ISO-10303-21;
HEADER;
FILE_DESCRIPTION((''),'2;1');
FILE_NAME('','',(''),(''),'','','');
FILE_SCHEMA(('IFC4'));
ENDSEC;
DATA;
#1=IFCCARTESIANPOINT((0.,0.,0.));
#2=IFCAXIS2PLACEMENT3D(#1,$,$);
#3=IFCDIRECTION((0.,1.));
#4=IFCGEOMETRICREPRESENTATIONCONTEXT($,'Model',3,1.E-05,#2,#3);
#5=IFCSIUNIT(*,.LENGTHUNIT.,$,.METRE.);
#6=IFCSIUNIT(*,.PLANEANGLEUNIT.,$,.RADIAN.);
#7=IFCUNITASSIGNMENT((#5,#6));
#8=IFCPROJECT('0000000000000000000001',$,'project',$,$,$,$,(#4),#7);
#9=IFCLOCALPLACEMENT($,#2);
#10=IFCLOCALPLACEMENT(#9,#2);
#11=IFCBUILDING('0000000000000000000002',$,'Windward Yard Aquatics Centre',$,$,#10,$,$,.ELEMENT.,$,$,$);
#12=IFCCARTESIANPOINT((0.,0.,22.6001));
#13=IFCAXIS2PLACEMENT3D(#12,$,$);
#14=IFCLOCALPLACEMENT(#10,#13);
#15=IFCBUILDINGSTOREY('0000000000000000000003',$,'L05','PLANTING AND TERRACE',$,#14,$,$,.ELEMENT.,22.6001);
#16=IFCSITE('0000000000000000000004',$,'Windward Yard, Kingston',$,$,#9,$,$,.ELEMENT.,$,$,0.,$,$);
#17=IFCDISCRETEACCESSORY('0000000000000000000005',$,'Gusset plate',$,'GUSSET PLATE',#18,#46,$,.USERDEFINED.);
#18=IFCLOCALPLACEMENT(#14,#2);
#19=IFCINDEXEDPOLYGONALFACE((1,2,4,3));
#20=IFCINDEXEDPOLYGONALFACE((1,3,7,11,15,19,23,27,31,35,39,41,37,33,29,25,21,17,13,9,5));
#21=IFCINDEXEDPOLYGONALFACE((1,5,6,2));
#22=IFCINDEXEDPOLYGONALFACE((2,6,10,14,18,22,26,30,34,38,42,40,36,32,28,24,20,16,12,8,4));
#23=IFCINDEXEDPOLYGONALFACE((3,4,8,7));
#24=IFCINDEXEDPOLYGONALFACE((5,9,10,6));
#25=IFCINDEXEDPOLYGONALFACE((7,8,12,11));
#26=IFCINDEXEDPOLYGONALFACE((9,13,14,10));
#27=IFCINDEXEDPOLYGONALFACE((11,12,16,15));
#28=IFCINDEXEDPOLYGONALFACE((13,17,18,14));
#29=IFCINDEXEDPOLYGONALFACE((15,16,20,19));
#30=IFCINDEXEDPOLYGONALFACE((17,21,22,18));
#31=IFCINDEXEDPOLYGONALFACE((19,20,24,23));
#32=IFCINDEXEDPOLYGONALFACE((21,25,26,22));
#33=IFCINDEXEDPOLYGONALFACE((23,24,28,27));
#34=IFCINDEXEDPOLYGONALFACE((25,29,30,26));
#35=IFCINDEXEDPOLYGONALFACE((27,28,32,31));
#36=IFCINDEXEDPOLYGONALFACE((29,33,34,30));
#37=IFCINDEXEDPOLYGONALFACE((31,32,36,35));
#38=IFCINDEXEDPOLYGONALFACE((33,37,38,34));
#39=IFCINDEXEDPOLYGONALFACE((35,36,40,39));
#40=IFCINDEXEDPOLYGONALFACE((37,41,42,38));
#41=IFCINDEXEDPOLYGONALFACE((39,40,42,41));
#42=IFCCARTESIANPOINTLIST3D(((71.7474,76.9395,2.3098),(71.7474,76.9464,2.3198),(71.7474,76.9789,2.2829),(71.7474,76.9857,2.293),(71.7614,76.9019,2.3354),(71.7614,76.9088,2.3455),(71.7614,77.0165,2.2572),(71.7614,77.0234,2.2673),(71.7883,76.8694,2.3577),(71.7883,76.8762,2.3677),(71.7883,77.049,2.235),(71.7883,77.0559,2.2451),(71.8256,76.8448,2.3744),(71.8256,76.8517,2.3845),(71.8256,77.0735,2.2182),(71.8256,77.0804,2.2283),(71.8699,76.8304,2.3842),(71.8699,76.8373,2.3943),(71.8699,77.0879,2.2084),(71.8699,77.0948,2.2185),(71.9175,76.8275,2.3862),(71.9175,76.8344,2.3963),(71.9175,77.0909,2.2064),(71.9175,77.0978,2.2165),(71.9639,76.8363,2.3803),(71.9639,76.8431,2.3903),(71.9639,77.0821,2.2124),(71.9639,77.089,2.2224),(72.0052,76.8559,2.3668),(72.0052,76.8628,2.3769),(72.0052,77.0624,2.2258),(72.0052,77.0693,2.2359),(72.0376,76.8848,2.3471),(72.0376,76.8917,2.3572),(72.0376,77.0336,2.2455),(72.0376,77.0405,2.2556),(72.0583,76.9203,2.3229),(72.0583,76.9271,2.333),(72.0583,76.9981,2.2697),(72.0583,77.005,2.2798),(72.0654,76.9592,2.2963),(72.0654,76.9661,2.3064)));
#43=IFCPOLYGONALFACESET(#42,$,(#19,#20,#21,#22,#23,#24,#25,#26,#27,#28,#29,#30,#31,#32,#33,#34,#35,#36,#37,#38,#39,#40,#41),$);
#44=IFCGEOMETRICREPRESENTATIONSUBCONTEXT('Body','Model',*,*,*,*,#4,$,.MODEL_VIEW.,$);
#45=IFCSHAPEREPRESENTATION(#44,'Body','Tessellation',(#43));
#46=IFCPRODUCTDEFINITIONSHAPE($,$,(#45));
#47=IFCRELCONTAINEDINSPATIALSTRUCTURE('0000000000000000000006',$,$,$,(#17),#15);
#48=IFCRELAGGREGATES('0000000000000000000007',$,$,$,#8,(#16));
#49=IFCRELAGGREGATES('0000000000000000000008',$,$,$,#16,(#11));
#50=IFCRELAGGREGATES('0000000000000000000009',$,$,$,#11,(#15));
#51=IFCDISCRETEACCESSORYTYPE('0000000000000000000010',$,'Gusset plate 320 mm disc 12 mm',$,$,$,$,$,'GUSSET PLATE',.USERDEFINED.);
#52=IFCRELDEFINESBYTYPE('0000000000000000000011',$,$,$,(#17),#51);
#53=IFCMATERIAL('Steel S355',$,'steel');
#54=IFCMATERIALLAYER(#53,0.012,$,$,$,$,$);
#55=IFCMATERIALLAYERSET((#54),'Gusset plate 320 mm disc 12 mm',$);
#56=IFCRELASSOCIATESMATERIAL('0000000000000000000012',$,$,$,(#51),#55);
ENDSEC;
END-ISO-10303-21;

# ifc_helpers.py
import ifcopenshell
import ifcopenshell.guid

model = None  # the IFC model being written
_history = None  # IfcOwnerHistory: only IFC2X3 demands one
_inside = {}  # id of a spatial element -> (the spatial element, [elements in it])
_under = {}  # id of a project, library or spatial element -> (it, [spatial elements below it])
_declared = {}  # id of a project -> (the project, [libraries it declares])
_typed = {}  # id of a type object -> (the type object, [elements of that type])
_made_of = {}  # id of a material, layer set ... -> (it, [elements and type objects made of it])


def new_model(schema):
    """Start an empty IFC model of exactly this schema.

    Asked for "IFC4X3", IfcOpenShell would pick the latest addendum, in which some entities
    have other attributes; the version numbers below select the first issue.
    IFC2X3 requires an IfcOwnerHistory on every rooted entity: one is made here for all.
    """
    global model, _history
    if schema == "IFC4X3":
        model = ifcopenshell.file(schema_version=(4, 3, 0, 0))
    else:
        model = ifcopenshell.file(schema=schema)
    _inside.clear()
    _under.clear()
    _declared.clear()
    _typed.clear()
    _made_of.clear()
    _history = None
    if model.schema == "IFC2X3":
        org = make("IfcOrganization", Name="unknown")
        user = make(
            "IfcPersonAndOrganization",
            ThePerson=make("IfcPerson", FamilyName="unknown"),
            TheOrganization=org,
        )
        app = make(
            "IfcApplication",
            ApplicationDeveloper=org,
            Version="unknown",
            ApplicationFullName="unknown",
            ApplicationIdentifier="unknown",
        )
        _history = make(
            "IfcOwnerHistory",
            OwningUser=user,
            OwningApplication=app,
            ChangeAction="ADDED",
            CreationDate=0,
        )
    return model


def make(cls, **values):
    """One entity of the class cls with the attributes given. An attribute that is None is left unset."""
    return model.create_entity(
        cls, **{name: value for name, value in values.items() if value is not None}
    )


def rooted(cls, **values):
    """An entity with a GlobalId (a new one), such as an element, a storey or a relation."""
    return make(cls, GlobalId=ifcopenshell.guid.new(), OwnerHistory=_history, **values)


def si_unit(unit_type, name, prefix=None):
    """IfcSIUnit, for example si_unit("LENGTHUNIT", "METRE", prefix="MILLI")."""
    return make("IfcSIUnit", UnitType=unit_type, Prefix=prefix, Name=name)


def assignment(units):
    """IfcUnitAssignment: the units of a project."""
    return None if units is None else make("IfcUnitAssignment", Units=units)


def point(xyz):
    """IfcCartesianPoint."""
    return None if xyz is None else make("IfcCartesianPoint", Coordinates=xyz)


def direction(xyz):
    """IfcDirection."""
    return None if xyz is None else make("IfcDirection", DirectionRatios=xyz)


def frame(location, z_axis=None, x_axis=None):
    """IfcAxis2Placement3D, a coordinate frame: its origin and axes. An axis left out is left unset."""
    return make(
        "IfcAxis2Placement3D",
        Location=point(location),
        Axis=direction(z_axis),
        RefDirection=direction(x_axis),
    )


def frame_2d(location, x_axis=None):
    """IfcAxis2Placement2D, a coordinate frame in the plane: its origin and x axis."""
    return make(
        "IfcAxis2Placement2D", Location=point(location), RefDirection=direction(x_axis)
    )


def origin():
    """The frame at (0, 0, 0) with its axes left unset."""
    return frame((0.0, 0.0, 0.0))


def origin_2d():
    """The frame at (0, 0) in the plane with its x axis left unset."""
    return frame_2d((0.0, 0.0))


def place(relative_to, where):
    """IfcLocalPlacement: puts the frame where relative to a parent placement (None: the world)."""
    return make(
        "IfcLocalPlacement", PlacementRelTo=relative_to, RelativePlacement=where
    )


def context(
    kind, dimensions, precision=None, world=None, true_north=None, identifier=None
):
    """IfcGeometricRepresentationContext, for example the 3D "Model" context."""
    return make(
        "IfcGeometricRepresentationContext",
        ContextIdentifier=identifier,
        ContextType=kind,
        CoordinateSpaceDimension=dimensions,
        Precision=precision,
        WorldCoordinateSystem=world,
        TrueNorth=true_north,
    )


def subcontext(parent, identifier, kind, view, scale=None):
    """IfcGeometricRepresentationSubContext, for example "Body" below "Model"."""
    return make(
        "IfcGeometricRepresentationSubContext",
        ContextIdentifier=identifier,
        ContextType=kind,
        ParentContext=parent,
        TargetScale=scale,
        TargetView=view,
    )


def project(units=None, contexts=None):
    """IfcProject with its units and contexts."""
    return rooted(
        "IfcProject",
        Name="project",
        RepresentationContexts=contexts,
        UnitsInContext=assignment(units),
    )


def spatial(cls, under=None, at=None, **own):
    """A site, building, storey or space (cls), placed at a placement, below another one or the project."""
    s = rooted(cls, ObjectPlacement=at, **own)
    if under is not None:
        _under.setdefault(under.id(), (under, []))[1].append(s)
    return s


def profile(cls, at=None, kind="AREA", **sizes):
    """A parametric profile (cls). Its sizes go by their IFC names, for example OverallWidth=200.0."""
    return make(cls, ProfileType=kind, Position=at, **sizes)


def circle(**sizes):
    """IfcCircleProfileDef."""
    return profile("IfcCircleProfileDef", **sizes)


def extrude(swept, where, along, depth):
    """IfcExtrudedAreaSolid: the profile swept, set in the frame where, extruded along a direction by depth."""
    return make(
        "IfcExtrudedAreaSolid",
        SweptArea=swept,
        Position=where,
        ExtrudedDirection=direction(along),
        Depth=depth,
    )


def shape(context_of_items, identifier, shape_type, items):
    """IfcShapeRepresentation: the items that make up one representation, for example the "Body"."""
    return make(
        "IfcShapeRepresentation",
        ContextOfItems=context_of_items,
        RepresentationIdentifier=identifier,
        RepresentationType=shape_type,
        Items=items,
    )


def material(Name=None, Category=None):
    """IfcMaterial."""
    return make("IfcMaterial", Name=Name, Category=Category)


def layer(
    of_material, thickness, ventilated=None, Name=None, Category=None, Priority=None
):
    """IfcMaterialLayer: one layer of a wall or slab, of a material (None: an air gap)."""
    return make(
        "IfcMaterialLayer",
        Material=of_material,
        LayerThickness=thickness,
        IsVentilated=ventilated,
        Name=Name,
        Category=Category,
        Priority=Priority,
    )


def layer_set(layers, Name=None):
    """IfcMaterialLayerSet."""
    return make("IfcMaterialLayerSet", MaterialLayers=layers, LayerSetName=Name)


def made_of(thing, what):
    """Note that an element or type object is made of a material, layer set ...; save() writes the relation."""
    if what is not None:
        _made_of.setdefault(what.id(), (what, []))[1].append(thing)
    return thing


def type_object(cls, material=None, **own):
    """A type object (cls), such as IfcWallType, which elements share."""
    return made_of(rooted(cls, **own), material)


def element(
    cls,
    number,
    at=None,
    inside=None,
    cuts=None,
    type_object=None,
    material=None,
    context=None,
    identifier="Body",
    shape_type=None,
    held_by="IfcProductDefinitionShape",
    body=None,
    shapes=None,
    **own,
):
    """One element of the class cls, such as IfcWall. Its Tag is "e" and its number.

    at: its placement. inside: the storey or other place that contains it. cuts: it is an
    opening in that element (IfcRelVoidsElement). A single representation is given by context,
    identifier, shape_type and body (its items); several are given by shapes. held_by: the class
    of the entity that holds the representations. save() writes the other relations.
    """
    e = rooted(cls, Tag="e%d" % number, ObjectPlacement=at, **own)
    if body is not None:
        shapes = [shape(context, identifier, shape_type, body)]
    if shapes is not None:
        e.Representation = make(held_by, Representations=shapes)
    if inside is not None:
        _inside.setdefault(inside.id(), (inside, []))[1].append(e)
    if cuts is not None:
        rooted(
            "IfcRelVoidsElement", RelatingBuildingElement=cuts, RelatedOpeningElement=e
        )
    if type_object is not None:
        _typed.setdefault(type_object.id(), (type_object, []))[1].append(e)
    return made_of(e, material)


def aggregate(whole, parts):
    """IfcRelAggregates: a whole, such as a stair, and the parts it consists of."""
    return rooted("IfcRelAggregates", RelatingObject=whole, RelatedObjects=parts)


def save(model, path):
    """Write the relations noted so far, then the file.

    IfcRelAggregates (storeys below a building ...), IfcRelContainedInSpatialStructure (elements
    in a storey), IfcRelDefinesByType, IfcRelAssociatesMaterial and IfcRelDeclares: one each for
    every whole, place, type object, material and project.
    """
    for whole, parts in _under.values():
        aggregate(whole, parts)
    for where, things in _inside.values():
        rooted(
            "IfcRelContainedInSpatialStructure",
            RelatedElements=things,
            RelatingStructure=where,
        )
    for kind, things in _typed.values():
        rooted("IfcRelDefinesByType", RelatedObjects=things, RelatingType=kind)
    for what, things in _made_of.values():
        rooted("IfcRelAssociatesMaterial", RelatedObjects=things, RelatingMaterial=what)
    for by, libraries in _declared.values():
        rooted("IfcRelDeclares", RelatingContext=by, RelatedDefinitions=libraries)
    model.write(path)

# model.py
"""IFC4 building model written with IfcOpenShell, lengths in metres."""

from ifc_helpers import new_model, si_unit, direction, frame, origin, origin_2d, place, context, subcontext, project, spatial, circle, extrude, material, layer, layer_set, type_object, element, save


model = new_model("IFC4")

# Units and contexts
model_context = context("Model", 3, precision=1e-05, world=origin(), true_north=direction((0.0, 1.0)))
body_context = subcontext(model_context, "Body", "Model", "MODEL_VIEW")
ifc_project = project(units=[si_unit("LENGTHUNIT", "METRE"), si_unit("PLANEANGLEUNIT", "RADIAN")], contexts=[model_context])

# Site, building, storey
site_placement = place(None, origin())
site = spatial("IfcSite", under=ifc_project, at=site_placement, Name="Windward Yard, Kingston", CompositionType="ELEMENT", RefElevation=0.0)
building_placement = place(site_placement, origin())
building = spatial("IfcBuilding", under=site, at=building_placement, Name="Windward Yard Aquatics Centre", CompositionType="ELEMENT")
storey_placement = place(building_placement, frame((0.0, 0.0, 22.6001)))
storey = spatial("IfcBuildingStorey", under=building, at=storey_placement, Name="L05", Description="PLANTING AND TERRACE", CompositionType="ELEMENT", Elevation=22.6001)

# Discrete accessory
ifc_material_1 = material(Name="Steel S355", Category="steel")
ifc_layer_1 = layer(ifc_material_1, 0.012)
ifc_layer_set_1 = layer_set([ifc_layer_1], Name="Gusset plate 320 mm disc 12 mm")
discrete_accessory_type = type_object("IfcDiscreteAccessoryType", Name="Gusset plate 320 mm disc 12 mm", ElementType="GUSSET PLATE", PredefinedType="USERDEFINED", material=ifc_layer_set_1)
discrete_accessory_placement = place(storey_placement, frame((71.9055, 76.9661, 2.3064), z_axis=(0.0, -0.563962, -0.825801), x_axis=(1.0, 0.0, 0.0)))
element("IfcDiscreteAccessory", 1, at=discrete_accessory_placement, inside=storey, type_object=discrete_accessory_type, Name="Gusset plate", ObjectType="GUSSET PLATE", PredefinedType="USERDEFINED", context=body_context, shape_type="SweptSolid", body=[
    extrude(circle(Radius=0.1599, at=origin_2d()), origin(), (0.0, 0.0, 1.0), 0.0122),
])

save(model, "model.ifc")
